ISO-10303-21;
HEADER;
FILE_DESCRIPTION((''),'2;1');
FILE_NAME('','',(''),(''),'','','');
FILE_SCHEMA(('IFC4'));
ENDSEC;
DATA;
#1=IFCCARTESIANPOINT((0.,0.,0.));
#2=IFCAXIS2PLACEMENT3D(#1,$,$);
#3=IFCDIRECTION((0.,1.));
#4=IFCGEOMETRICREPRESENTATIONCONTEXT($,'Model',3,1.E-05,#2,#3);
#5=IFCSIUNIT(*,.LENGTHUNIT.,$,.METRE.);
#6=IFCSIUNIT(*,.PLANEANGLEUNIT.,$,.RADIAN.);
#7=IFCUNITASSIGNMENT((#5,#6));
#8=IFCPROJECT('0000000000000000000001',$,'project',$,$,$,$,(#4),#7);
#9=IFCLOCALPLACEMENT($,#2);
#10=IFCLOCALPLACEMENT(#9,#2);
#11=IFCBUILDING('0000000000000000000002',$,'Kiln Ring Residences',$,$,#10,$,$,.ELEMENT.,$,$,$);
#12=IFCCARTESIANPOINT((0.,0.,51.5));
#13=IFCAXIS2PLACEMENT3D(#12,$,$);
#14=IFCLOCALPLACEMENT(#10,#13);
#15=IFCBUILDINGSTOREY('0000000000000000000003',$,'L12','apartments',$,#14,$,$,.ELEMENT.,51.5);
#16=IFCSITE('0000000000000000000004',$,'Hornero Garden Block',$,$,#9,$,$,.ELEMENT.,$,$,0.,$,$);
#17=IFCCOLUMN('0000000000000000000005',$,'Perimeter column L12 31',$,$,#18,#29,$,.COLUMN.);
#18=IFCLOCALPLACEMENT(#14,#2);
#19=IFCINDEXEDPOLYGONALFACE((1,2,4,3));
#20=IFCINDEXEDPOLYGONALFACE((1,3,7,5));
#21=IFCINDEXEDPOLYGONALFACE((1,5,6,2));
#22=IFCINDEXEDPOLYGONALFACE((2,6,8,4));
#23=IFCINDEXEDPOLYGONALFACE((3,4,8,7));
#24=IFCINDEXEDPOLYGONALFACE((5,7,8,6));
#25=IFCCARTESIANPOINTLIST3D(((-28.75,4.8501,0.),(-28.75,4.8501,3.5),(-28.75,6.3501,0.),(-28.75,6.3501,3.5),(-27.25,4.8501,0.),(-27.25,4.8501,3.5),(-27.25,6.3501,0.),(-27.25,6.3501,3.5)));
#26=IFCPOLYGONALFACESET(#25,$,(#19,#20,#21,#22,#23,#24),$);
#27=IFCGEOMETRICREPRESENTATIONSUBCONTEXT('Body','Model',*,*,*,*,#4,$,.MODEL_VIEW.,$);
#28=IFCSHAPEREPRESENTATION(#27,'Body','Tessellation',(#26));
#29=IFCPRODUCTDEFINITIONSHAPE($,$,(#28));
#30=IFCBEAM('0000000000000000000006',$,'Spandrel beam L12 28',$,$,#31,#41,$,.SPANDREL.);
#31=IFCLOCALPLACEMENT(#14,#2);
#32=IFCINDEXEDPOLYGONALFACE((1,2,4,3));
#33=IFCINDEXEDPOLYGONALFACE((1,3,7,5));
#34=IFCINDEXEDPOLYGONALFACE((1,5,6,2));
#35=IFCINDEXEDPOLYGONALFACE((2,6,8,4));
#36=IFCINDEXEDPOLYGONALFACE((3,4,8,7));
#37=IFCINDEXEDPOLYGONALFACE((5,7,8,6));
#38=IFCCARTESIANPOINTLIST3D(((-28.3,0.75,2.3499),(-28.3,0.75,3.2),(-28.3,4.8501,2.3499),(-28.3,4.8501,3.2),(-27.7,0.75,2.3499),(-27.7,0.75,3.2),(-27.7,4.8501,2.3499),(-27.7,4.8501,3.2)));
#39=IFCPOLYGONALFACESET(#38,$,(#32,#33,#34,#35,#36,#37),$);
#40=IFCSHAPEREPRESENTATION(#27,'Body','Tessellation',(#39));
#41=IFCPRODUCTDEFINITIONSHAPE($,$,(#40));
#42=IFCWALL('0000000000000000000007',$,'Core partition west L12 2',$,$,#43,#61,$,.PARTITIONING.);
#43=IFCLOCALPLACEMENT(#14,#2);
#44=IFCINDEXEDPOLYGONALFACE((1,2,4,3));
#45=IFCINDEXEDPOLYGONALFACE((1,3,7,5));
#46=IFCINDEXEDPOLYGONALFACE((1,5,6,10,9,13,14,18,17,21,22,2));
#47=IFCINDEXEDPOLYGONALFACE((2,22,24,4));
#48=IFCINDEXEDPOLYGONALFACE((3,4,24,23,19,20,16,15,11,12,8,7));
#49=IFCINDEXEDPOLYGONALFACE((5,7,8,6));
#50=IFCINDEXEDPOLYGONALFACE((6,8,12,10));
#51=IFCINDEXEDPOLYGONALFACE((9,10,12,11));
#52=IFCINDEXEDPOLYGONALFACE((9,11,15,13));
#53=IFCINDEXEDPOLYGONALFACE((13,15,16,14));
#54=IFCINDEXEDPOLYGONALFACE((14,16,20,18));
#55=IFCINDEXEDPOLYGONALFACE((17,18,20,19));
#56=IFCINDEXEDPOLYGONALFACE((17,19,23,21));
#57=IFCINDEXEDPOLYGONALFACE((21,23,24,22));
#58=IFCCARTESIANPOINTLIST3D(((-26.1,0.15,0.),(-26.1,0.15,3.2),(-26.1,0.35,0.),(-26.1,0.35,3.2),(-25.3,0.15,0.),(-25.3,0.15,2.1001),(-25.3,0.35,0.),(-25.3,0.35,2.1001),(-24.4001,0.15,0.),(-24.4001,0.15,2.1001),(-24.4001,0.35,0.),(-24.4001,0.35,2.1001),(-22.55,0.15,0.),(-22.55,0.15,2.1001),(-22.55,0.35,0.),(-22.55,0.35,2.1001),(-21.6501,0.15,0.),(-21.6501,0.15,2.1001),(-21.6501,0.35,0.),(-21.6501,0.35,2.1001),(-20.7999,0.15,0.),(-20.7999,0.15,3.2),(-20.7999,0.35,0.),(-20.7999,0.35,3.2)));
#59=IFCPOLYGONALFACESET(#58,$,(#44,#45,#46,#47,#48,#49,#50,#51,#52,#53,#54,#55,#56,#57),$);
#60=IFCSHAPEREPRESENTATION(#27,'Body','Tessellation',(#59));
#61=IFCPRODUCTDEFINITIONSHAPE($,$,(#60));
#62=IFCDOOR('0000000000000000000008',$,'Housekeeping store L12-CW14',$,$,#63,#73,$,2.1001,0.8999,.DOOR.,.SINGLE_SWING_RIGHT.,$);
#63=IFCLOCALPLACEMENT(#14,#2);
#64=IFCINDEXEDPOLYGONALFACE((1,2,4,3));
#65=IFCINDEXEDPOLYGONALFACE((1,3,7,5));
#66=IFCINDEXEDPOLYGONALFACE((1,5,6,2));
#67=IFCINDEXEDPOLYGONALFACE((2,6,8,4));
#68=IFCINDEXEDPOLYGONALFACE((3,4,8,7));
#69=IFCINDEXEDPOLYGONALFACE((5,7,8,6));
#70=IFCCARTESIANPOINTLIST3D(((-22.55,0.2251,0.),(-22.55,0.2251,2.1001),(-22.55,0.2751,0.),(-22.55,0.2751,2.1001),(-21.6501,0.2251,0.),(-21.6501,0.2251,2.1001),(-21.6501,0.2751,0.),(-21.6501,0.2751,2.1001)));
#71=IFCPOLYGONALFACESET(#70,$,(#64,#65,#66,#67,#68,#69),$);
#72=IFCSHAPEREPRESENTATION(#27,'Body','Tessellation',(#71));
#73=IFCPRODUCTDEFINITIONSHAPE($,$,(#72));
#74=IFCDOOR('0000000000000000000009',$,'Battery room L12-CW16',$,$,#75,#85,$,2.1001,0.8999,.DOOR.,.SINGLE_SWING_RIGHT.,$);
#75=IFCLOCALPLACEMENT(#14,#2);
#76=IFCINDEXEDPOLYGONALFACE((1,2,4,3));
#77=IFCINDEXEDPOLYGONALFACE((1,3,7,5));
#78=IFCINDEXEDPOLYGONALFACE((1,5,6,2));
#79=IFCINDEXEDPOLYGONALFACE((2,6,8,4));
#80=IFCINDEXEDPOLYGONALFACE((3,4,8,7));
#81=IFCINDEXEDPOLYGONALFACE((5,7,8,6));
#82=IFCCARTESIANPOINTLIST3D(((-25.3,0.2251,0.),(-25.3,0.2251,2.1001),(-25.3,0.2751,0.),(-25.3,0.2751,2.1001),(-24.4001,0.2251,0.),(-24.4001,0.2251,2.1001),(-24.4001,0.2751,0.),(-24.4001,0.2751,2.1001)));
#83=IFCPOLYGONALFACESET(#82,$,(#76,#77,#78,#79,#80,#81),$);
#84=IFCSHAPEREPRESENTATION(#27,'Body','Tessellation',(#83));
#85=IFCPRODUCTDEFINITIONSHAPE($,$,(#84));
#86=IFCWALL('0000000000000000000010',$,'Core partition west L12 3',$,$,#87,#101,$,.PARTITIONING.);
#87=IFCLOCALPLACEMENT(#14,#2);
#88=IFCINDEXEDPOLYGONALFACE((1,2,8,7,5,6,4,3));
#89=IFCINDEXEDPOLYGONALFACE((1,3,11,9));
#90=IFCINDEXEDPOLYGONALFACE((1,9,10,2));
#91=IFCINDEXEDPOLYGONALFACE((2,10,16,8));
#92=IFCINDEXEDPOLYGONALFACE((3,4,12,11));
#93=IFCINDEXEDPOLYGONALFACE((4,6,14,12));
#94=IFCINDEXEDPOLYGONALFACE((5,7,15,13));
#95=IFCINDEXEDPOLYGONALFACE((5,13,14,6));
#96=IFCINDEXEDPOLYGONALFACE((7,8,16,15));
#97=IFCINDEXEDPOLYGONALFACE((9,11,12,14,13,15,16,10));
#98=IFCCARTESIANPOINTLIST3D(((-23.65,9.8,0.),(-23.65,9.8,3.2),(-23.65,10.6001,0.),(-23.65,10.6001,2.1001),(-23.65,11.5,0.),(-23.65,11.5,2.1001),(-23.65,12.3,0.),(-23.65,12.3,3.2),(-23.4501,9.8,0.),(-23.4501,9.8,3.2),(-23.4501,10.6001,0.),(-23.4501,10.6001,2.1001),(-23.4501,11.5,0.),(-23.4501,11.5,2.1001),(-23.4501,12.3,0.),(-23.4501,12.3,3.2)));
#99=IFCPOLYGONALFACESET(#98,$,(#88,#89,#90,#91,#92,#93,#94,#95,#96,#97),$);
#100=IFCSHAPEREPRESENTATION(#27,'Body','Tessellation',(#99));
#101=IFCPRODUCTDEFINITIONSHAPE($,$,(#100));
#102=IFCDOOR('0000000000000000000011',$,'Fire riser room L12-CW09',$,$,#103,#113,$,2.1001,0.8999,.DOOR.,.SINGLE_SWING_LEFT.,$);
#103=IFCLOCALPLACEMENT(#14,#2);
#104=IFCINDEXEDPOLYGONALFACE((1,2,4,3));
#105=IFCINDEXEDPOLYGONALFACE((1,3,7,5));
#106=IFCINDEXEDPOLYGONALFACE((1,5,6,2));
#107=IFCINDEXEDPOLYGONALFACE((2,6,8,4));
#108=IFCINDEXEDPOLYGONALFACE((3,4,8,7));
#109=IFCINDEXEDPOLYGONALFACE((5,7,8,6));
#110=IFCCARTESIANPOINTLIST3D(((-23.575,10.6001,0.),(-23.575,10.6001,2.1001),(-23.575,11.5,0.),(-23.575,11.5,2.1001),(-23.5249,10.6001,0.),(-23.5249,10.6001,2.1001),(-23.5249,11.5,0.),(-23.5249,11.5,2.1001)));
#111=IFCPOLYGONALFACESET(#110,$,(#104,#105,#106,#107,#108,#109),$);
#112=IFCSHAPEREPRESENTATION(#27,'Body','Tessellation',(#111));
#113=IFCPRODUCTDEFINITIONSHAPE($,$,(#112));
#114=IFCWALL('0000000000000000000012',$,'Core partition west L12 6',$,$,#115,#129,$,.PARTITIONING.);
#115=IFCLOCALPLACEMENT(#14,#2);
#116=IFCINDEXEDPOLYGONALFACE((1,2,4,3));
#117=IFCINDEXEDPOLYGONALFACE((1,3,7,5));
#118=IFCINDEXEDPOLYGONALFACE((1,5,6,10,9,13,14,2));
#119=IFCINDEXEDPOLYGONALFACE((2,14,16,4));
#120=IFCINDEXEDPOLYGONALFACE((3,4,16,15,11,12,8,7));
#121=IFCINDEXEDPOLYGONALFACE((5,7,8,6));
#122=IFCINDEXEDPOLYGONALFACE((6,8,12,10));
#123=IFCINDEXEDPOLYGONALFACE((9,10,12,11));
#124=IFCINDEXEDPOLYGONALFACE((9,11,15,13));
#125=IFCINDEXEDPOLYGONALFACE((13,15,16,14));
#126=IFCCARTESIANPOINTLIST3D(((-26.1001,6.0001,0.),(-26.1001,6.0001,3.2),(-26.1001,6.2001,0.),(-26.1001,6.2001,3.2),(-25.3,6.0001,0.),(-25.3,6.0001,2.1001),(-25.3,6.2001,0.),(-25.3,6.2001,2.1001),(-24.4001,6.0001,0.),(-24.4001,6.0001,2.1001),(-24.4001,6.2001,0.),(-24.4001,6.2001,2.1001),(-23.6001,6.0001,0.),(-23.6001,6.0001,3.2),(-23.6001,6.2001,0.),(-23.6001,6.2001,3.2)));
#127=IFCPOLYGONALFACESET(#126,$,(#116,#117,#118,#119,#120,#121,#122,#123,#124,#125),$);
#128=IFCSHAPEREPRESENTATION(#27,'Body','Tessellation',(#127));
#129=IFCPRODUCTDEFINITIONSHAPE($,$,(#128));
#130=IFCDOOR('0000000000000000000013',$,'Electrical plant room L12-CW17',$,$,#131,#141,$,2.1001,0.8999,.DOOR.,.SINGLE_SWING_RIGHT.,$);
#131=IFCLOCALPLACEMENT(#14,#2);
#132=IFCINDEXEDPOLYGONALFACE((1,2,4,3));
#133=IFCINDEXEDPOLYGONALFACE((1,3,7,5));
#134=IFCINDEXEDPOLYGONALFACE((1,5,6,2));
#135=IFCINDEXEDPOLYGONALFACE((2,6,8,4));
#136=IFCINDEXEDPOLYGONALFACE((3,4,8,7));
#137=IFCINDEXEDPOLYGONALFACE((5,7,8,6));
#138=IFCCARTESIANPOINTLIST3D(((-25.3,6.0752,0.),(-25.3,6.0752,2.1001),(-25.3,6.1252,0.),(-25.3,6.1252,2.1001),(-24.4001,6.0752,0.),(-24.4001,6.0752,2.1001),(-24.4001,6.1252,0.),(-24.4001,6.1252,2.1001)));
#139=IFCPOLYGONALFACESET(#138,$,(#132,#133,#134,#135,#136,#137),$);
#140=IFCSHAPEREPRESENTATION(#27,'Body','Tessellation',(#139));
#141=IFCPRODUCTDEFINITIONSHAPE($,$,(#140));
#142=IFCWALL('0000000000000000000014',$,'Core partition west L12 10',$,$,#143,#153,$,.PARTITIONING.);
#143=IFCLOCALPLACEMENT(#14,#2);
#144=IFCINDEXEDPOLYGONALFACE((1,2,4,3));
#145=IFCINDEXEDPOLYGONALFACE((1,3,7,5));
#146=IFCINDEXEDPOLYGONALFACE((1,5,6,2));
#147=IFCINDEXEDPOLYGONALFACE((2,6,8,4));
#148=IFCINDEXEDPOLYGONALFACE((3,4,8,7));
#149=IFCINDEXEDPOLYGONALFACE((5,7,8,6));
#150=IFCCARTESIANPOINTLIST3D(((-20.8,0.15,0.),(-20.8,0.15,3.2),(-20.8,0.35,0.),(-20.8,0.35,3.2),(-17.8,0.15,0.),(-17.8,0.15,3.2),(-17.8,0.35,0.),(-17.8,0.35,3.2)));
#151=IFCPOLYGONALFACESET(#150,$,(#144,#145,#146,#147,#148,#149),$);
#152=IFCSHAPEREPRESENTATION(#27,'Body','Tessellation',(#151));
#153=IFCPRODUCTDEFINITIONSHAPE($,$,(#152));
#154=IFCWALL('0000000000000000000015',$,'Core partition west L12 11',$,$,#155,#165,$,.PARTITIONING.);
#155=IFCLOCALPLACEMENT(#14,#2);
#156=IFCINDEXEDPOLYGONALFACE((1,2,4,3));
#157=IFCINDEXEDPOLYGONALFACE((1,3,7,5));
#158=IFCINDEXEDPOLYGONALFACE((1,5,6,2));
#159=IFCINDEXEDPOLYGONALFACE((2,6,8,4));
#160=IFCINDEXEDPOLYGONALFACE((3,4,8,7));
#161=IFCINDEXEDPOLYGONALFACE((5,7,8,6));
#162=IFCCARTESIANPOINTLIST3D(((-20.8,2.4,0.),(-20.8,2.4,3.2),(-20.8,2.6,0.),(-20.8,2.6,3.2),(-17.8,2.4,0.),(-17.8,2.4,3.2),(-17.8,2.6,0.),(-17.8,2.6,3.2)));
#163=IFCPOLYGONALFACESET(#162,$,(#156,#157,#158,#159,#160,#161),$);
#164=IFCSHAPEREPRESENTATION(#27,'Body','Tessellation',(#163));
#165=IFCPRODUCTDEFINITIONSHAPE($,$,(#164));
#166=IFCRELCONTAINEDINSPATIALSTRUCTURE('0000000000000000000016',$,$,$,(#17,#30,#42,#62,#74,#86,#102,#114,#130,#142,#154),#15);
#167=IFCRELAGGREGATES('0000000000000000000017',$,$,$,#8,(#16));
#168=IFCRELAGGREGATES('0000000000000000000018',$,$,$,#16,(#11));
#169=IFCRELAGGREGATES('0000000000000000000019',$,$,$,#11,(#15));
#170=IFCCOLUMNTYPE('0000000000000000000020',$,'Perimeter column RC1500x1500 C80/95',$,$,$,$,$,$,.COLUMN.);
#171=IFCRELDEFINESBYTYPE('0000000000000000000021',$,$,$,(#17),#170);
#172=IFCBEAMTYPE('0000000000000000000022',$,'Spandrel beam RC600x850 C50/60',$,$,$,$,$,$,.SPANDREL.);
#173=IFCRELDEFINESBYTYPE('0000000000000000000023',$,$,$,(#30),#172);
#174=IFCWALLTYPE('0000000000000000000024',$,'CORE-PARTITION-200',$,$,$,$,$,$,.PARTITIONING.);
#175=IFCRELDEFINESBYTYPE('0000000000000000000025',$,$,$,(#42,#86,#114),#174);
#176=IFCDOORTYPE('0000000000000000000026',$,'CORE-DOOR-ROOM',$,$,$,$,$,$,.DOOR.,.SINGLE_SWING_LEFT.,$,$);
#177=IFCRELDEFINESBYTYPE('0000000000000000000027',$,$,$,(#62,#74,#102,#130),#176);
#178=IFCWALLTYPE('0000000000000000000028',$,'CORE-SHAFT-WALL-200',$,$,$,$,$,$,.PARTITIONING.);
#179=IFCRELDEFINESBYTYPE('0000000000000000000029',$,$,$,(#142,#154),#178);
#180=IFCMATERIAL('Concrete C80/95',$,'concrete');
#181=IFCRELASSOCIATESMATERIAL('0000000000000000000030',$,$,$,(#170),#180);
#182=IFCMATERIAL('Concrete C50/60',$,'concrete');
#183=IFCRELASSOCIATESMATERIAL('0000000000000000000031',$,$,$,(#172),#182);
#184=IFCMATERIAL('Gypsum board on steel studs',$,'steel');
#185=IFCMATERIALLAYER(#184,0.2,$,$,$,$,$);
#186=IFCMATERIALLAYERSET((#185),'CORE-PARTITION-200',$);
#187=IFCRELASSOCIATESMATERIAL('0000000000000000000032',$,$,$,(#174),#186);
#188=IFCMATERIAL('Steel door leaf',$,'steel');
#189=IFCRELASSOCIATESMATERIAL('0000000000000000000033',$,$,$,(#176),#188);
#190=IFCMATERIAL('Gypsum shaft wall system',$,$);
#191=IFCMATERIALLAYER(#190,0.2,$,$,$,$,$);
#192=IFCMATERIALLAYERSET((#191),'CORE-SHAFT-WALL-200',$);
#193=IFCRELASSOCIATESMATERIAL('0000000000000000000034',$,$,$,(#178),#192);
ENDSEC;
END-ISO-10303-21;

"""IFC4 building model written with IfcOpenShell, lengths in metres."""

from ifc_helpers import new_model, si_unit, direction, frame, frame_2d, origin, origin_2d, place, context, subcontext, project, spatial, rectangle, extrude, material, layer, layer_set, material_profile, profile_set, type_object, element, fill, save


model = new_model("IFC4")

# Units and contexts
model_context = context("Model", 3, precision=1e-05, world=origin(), true_north=direction((0.0, 1.0)))
body_context = subcontext(model_context, "Body", "Model", "MODEL_VIEW")
ifc_project = project(units=[si_unit("LENGTHUNIT", "METRE"), si_unit("PLANEANGLEUNIT", "RADIAN")], contexts=[model_context])

# Site, building, storey
site_placement = place(None, origin())
site = spatial("IfcSite", under=ifc_project, at=site_placement, Name="Hornero Garden Block", CompositionType="ELEMENT", RefElevation=0.0)
building_placement = place(site_placement, origin())
building = spatial("IfcBuilding", under=site, at=building_placement, Name="Kiln Ring Residences", CompositionType="ELEMENT")
storey_placement = place(building_placement, frame((0.0, 0.0, 51.5)))
storey = spatial("IfcBuildingStorey", under=building, at=storey_placement, Name="L12", Description="apartments", CompositionType="ELEMENT", Elevation=51.5)

# Column
ifc_material_1 = material(Name="Concrete C80/95", Category="concrete")
ifc_material_profile_1 = material_profile(ifc_material_1, rectangle(XDim=1.5, YDim=1.5, at=origin_2d()), Name="RC1500x1500")
ifc_profile_set_1 = profile_set([ifc_material_profile_1], Name="Concrete C80/95")
column_type = type_object("IfcColumnType", Name="Perimeter column RC1500x1500 C80/95", PredefinedType="COLUMN", material=ifc_profile_set_1)
column_placement = place(storey_placement, frame((-28.0, 5.6001, 0.0), z_axis=(0.0, 0.0, 1.0), x_axis=(1.0, 0.0, 0.0)))
element("IfcColumn", 1, at=column_placement, inside=storey, type_object=column_type, Name="Perimeter column L12 31", PredefinedType="COLUMN", context=body_context, shape_type="SweptSolid", body=[
    extrude(rectangle(XDim=1.5, YDim=1.5, at=origin_2d()), origin(), (0.0, 0.0, 1.0), 3.5),
])

# Beam
ifc_material_2 = material(Name="Concrete C50/60", Category="concrete")
ifc_material_profile_2 = material_profile(ifc_material_2, rectangle(XDim=0.6001, YDim=0.8501, at=origin_2d()), Name="RC600x850")
ifc_profile_set_2 = profile_set([ifc_material_profile_2], Name="Concrete C50/60")
beam_type = type_object("IfcBeamType", Name="Spandrel beam RC600x850 C50/60", PredefinedType="SPANDREL", material=ifc_profile_set_2)
beam_placement = place(storey_placement, frame((-28.0, 4.8501, 2.7749), z_axis=(0.0, -1.0, 0.0), x_axis=(1.0, 0.0, 0.0)))
element("IfcBeam", 2, at=beam_placement, inside=storey, type_object=beam_type, Name="Spandrel beam L12 28", PredefinedType="SPANDREL", context=body_context, shape_type="SweptSolid", body=[
    extrude(rectangle(XDim=0.6001, YDim=0.8501, at=origin_2d()), origin(), (0.0, 0.0, 1.0), 4.1001),
])

# Wall, openings, doors
ifc_material_3 = material(Name="Gypsum board on steel studs", Category="steel")
ifc_layer_1 = layer(ifc_material_3, 0.2)
ifc_layer_set_1 = layer_set([ifc_layer_1], Name="CORE-PARTITION-200")
wall_type_1 = type_object("IfcWallType", Name="CORE-PARTITION-200", PredefinedType="PARTITIONING", material=ifc_layer_set_1)
wall_1_placement = place(storey_placement, frame((-20.8, 0.25, 0.0), z_axis=(0.0, 0.0, 1.0), x_axis=(-1.0, 0.0, 0.0)))
wall_1 = element("IfcWall", 3, at=wall_1_placement, inside=storey, type_object=wall_type_1, Name="Core partition west L12 2", PredefinedType="PARTITIONING", context=body_context, shape_type="SweptSolid", body=[
    extrude(rectangle(XDim=5.3, YDim=0.2, at=frame_2d((2.6499, 0.0))), origin(), (0.0, 0.0, 1.0), 3.2),
])
opening_1_placement = place(wall_1_placement, frame((0.8501, 0.0, 0.0)))
opening_1 = element("IfcOpeningElement", 4, at=opening_1_placement, cuts=wall_1, PredefinedType="OPENING", context=body_context, shape_type="SweptSolid", body=[
    extrude(rectangle(XDim=0.8999, YDim=2.1001, at=frame_2d((0.45, 1.05))), frame((0.0, 0.1099, 0.0), z_axis=(0.0, -1.0, 0.0), x_axis=(1.0, 0.0, 0.0)), (0.0, 0.0, 1.0), 0.22),
])
opening_2_placement = place(wall_1_placement, frame((3.6001, 0.0, 0.0)))
opening_2 = element("IfcOpeningElement", 5, at=opening_2_placement, cuts=wall_1, PredefinedType="OPENING", context=body_context, shape_type="SweptSolid", body=[
    extrude(rectangle(XDim=0.8999, YDim=2.1001, at=frame_2d((0.45, 1.05))), frame((0.0, 0.1099, 0.0), z_axis=(0.0, -1.0, 0.0), x_axis=(1.0, 0.0, 0.0)), (0.0, 0.0, 1.0), 0.22),
])
ifc_material_4 = material(Name="Steel door leaf", Category="steel")
door_type_1 = type_object("IfcDoorType", Name="CORE-DOOR-ROOM", OperationType="SINGLE_SWING_LEFT", PredefinedType="DOOR", material=ifc_material_4)
door_1_placement = place(opening_1_placement, origin())
door_1 = element("IfcDoor", 6, at=door_1_placement, inside=storey, type_object=door_type_1, Name="Housekeeping store L12-CW14", OperationType="SINGLE_SWING_RIGHT", OverallHeight=2.1001, OverallWidth=0.8999, PredefinedType="DOOR", context=body_context, shape_type="SweptSolid", body=[
    extrude(rectangle(XDim=0.8999, YDim=2.1001, at=frame_2d((0.45, 1.05))), frame((0.0, 0.0249, 0.0), z_axis=(0.0, -1.0, 0.0), x_axis=(1.0, 0.0, 0.0)), (0.0, 0.0, 1.0), 0.05),
])
fill(opening_1, door_1)
door_2_placement = place(opening_2_placement, origin())
door_2 = element("IfcDoor", 7, at=door_2_placement, inside=storey, type_object=door_type_1, Name="Battery room L12-CW16", OperationType="SINGLE_SWING_RIGHT", OverallHeight=2.1001, OverallWidth=0.8999, PredefinedType="DOOR", context=body_context, shape_type="SweptSolid", body=[
    extrude(rectangle(XDim=0.8999, YDim=2.1001, at=frame_2d((0.45, 1.05))), frame((0.0, 0.0249, 0.0), z_axis=(0.0, -1.0, 0.0), x_axis=(1.0, 0.0, 0.0)), (0.0, 0.0, 1.0), 0.05),
])
fill(opening_2, door_2)

# Walls, openings, doors
wall_2_placement = place(storey_placement, frame((-23.55, 9.8, 0.0), z_axis=(0.0, 0.0, 1.0), x_axis=(0.0, 1.0, 0.0)))
wall_2 = element("IfcWall", 8, at=wall_2_placement, inside=storey, type_object=wall_type_1, Name="Core partition west L12 3", PredefinedType="PARTITIONING", context=body_context, shape_type="SweptSolid", body=[
    extrude(rectangle(XDim=2.5, YDim=0.2, at=frame_2d((1.25, 0.0))), origin(), (0.0, 0.0, 1.0), 3.2),
])
opening_3_placement = place(wall_2_placement, frame((0.8, 0.0, 0.0)))
opening_3 = element("IfcOpeningElement", 9, at=opening_3_placement, cuts=wall_2, PredefinedType="OPENING", context=body_context, shape_type="SweptSolid", body=[
    extrude(rectangle(XDim=0.8999, YDim=2.1001, at=frame_2d((0.45, 1.05))), frame((0.0, 0.1099, 0.0), z_axis=(0.0, -1.0, 0.0), x_axis=(1.0, 0.0, 0.0)), (0.0, 0.0, 1.0), 0.22),
])
door_3_placement = place(opening_3_placement, origin())
door_3 = element("IfcDoor", 10, at=door_3_placement, inside=storey, type_object=door_type_1, Name="Fire riser room L12-CW09", OperationType="SINGLE_SWING_LEFT", OverallHeight=2.1001, OverallWidth=0.8999, PredefinedType="DOOR", context=body_context, shape_type="SweptSolid", body=[
    extrude(rectangle(XDim=0.8999, YDim=2.1001, at=frame_2d((0.45, 1.05))), frame((0.0, 0.0249, 0.0), z_axis=(0.0, -1.0, 0.0), x_axis=(1.0, 0.0, 0.0)), (0.0, 0.0, 1.0), 0.05),
])
fill(opening_3, door_3)
wall_3_placement = place(storey_placement, frame((-23.6001, 6.1001, 0.0), z_axis=(0.0, 0.0, 1.0), x_axis=(-1.0, 0.0, 0.0)))
wall_3 = element("IfcWall", 11, at=wall_3_placement, inside=storey, type_object=wall_type_1, Name="Core partition west L12 6", PredefinedType="PARTITIONING", context=body_context, shape_type="SweptSolid", body=[
    extrude(rectangle(XDim=2.5, YDim=0.2, at=frame_2d((1.25, 0.0))), origin(), (0.0, 0.0, 1.0), 3.2),
])
opening_4_placement = place(wall_3_placement, frame((0.8, 0.0, 0.0)))
opening_4 = element("IfcOpeningElement", 12, at=opening_4_placement, cuts=wall_3, PredefinedType="OPENING", context=body_context, shape_type="SweptSolid", body=[
    extrude(rectangle(XDim=0.8999, YDim=2.1001, at=frame_2d((0.45, 1.05))), frame((0.0, 0.1099, 0.0), z_axis=(0.0, -1.0, 0.0), x_axis=(1.0, 0.0, 0.0)), (0.0, 0.0, 1.0), 0.22),
])
door_4_placement = place(opening_4_placement, origin())
door_4 = element("IfcDoor", 13, at=door_4_placement, inside=storey, type_object=door_type_1, Name="Electrical plant room L12-CW17", OperationType="SINGLE_SWING_RIGHT", OverallHeight=2.1001, OverallWidth=0.8999, PredefinedType="DOOR", context=body_context, shape_type="SweptSolid", body=[
    extrude(rectangle(XDim=0.8999, YDim=2.1001, at=frame_2d((0.45, 1.05))), frame((0.0, 0.0249, 0.0), z_axis=(0.0, -1.0, 0.0), x_axis=(1.0, 0.0, 0.0)), (0.0, 0.0, 1.0), 0.05),
])
fill(opening_4, door_4)

# Walls
ifc_material_5 = material(Name="Gypsum shaft wall system")
ifc_layer_2 = layer(ifc_material_5, 0.2)
ifc_layer_set_2 = layer_set([ifc_layer_2], Name="CORE-SHAFT-WALL-200")
wall_type_2 = type_object("IfcWallType", Name="CORE-SHAFT-WALL-200", PredefinedType="PARTITIONING", material=ifc_layer_set_2)
for number, where, z_axis, x_axis, name in (
    (14, (-17.8, 0.25, 0.0), (0.0, 0.0, 1.0), (-1.0, 0.0, 0.0), "Core partition west L12 10"),
    (15, (-17.8, 2.5, 0.0), (0.0, 0.0, 1.0), (-1.0, 0.0, 0.0), "Core partition west L12 11"),
):
    element("IfcWall", number, at=place(storey_placement, frame(where, z_axis=z_axis, x_axis=x_axis)), inside=storey, type_object=wall_type_2, Name=name, PredefinedType="PARTITIONING", context=body_context, shape_type="SweptSolid", body=[
        extrude(rectangle(XDim=3.0, YDim=0.2, at=frame_2d((1.5, 0.0))), origin(), (0.0, 0.0, 1.0), 3.2),
    ])

save(model, "model.ifc")
